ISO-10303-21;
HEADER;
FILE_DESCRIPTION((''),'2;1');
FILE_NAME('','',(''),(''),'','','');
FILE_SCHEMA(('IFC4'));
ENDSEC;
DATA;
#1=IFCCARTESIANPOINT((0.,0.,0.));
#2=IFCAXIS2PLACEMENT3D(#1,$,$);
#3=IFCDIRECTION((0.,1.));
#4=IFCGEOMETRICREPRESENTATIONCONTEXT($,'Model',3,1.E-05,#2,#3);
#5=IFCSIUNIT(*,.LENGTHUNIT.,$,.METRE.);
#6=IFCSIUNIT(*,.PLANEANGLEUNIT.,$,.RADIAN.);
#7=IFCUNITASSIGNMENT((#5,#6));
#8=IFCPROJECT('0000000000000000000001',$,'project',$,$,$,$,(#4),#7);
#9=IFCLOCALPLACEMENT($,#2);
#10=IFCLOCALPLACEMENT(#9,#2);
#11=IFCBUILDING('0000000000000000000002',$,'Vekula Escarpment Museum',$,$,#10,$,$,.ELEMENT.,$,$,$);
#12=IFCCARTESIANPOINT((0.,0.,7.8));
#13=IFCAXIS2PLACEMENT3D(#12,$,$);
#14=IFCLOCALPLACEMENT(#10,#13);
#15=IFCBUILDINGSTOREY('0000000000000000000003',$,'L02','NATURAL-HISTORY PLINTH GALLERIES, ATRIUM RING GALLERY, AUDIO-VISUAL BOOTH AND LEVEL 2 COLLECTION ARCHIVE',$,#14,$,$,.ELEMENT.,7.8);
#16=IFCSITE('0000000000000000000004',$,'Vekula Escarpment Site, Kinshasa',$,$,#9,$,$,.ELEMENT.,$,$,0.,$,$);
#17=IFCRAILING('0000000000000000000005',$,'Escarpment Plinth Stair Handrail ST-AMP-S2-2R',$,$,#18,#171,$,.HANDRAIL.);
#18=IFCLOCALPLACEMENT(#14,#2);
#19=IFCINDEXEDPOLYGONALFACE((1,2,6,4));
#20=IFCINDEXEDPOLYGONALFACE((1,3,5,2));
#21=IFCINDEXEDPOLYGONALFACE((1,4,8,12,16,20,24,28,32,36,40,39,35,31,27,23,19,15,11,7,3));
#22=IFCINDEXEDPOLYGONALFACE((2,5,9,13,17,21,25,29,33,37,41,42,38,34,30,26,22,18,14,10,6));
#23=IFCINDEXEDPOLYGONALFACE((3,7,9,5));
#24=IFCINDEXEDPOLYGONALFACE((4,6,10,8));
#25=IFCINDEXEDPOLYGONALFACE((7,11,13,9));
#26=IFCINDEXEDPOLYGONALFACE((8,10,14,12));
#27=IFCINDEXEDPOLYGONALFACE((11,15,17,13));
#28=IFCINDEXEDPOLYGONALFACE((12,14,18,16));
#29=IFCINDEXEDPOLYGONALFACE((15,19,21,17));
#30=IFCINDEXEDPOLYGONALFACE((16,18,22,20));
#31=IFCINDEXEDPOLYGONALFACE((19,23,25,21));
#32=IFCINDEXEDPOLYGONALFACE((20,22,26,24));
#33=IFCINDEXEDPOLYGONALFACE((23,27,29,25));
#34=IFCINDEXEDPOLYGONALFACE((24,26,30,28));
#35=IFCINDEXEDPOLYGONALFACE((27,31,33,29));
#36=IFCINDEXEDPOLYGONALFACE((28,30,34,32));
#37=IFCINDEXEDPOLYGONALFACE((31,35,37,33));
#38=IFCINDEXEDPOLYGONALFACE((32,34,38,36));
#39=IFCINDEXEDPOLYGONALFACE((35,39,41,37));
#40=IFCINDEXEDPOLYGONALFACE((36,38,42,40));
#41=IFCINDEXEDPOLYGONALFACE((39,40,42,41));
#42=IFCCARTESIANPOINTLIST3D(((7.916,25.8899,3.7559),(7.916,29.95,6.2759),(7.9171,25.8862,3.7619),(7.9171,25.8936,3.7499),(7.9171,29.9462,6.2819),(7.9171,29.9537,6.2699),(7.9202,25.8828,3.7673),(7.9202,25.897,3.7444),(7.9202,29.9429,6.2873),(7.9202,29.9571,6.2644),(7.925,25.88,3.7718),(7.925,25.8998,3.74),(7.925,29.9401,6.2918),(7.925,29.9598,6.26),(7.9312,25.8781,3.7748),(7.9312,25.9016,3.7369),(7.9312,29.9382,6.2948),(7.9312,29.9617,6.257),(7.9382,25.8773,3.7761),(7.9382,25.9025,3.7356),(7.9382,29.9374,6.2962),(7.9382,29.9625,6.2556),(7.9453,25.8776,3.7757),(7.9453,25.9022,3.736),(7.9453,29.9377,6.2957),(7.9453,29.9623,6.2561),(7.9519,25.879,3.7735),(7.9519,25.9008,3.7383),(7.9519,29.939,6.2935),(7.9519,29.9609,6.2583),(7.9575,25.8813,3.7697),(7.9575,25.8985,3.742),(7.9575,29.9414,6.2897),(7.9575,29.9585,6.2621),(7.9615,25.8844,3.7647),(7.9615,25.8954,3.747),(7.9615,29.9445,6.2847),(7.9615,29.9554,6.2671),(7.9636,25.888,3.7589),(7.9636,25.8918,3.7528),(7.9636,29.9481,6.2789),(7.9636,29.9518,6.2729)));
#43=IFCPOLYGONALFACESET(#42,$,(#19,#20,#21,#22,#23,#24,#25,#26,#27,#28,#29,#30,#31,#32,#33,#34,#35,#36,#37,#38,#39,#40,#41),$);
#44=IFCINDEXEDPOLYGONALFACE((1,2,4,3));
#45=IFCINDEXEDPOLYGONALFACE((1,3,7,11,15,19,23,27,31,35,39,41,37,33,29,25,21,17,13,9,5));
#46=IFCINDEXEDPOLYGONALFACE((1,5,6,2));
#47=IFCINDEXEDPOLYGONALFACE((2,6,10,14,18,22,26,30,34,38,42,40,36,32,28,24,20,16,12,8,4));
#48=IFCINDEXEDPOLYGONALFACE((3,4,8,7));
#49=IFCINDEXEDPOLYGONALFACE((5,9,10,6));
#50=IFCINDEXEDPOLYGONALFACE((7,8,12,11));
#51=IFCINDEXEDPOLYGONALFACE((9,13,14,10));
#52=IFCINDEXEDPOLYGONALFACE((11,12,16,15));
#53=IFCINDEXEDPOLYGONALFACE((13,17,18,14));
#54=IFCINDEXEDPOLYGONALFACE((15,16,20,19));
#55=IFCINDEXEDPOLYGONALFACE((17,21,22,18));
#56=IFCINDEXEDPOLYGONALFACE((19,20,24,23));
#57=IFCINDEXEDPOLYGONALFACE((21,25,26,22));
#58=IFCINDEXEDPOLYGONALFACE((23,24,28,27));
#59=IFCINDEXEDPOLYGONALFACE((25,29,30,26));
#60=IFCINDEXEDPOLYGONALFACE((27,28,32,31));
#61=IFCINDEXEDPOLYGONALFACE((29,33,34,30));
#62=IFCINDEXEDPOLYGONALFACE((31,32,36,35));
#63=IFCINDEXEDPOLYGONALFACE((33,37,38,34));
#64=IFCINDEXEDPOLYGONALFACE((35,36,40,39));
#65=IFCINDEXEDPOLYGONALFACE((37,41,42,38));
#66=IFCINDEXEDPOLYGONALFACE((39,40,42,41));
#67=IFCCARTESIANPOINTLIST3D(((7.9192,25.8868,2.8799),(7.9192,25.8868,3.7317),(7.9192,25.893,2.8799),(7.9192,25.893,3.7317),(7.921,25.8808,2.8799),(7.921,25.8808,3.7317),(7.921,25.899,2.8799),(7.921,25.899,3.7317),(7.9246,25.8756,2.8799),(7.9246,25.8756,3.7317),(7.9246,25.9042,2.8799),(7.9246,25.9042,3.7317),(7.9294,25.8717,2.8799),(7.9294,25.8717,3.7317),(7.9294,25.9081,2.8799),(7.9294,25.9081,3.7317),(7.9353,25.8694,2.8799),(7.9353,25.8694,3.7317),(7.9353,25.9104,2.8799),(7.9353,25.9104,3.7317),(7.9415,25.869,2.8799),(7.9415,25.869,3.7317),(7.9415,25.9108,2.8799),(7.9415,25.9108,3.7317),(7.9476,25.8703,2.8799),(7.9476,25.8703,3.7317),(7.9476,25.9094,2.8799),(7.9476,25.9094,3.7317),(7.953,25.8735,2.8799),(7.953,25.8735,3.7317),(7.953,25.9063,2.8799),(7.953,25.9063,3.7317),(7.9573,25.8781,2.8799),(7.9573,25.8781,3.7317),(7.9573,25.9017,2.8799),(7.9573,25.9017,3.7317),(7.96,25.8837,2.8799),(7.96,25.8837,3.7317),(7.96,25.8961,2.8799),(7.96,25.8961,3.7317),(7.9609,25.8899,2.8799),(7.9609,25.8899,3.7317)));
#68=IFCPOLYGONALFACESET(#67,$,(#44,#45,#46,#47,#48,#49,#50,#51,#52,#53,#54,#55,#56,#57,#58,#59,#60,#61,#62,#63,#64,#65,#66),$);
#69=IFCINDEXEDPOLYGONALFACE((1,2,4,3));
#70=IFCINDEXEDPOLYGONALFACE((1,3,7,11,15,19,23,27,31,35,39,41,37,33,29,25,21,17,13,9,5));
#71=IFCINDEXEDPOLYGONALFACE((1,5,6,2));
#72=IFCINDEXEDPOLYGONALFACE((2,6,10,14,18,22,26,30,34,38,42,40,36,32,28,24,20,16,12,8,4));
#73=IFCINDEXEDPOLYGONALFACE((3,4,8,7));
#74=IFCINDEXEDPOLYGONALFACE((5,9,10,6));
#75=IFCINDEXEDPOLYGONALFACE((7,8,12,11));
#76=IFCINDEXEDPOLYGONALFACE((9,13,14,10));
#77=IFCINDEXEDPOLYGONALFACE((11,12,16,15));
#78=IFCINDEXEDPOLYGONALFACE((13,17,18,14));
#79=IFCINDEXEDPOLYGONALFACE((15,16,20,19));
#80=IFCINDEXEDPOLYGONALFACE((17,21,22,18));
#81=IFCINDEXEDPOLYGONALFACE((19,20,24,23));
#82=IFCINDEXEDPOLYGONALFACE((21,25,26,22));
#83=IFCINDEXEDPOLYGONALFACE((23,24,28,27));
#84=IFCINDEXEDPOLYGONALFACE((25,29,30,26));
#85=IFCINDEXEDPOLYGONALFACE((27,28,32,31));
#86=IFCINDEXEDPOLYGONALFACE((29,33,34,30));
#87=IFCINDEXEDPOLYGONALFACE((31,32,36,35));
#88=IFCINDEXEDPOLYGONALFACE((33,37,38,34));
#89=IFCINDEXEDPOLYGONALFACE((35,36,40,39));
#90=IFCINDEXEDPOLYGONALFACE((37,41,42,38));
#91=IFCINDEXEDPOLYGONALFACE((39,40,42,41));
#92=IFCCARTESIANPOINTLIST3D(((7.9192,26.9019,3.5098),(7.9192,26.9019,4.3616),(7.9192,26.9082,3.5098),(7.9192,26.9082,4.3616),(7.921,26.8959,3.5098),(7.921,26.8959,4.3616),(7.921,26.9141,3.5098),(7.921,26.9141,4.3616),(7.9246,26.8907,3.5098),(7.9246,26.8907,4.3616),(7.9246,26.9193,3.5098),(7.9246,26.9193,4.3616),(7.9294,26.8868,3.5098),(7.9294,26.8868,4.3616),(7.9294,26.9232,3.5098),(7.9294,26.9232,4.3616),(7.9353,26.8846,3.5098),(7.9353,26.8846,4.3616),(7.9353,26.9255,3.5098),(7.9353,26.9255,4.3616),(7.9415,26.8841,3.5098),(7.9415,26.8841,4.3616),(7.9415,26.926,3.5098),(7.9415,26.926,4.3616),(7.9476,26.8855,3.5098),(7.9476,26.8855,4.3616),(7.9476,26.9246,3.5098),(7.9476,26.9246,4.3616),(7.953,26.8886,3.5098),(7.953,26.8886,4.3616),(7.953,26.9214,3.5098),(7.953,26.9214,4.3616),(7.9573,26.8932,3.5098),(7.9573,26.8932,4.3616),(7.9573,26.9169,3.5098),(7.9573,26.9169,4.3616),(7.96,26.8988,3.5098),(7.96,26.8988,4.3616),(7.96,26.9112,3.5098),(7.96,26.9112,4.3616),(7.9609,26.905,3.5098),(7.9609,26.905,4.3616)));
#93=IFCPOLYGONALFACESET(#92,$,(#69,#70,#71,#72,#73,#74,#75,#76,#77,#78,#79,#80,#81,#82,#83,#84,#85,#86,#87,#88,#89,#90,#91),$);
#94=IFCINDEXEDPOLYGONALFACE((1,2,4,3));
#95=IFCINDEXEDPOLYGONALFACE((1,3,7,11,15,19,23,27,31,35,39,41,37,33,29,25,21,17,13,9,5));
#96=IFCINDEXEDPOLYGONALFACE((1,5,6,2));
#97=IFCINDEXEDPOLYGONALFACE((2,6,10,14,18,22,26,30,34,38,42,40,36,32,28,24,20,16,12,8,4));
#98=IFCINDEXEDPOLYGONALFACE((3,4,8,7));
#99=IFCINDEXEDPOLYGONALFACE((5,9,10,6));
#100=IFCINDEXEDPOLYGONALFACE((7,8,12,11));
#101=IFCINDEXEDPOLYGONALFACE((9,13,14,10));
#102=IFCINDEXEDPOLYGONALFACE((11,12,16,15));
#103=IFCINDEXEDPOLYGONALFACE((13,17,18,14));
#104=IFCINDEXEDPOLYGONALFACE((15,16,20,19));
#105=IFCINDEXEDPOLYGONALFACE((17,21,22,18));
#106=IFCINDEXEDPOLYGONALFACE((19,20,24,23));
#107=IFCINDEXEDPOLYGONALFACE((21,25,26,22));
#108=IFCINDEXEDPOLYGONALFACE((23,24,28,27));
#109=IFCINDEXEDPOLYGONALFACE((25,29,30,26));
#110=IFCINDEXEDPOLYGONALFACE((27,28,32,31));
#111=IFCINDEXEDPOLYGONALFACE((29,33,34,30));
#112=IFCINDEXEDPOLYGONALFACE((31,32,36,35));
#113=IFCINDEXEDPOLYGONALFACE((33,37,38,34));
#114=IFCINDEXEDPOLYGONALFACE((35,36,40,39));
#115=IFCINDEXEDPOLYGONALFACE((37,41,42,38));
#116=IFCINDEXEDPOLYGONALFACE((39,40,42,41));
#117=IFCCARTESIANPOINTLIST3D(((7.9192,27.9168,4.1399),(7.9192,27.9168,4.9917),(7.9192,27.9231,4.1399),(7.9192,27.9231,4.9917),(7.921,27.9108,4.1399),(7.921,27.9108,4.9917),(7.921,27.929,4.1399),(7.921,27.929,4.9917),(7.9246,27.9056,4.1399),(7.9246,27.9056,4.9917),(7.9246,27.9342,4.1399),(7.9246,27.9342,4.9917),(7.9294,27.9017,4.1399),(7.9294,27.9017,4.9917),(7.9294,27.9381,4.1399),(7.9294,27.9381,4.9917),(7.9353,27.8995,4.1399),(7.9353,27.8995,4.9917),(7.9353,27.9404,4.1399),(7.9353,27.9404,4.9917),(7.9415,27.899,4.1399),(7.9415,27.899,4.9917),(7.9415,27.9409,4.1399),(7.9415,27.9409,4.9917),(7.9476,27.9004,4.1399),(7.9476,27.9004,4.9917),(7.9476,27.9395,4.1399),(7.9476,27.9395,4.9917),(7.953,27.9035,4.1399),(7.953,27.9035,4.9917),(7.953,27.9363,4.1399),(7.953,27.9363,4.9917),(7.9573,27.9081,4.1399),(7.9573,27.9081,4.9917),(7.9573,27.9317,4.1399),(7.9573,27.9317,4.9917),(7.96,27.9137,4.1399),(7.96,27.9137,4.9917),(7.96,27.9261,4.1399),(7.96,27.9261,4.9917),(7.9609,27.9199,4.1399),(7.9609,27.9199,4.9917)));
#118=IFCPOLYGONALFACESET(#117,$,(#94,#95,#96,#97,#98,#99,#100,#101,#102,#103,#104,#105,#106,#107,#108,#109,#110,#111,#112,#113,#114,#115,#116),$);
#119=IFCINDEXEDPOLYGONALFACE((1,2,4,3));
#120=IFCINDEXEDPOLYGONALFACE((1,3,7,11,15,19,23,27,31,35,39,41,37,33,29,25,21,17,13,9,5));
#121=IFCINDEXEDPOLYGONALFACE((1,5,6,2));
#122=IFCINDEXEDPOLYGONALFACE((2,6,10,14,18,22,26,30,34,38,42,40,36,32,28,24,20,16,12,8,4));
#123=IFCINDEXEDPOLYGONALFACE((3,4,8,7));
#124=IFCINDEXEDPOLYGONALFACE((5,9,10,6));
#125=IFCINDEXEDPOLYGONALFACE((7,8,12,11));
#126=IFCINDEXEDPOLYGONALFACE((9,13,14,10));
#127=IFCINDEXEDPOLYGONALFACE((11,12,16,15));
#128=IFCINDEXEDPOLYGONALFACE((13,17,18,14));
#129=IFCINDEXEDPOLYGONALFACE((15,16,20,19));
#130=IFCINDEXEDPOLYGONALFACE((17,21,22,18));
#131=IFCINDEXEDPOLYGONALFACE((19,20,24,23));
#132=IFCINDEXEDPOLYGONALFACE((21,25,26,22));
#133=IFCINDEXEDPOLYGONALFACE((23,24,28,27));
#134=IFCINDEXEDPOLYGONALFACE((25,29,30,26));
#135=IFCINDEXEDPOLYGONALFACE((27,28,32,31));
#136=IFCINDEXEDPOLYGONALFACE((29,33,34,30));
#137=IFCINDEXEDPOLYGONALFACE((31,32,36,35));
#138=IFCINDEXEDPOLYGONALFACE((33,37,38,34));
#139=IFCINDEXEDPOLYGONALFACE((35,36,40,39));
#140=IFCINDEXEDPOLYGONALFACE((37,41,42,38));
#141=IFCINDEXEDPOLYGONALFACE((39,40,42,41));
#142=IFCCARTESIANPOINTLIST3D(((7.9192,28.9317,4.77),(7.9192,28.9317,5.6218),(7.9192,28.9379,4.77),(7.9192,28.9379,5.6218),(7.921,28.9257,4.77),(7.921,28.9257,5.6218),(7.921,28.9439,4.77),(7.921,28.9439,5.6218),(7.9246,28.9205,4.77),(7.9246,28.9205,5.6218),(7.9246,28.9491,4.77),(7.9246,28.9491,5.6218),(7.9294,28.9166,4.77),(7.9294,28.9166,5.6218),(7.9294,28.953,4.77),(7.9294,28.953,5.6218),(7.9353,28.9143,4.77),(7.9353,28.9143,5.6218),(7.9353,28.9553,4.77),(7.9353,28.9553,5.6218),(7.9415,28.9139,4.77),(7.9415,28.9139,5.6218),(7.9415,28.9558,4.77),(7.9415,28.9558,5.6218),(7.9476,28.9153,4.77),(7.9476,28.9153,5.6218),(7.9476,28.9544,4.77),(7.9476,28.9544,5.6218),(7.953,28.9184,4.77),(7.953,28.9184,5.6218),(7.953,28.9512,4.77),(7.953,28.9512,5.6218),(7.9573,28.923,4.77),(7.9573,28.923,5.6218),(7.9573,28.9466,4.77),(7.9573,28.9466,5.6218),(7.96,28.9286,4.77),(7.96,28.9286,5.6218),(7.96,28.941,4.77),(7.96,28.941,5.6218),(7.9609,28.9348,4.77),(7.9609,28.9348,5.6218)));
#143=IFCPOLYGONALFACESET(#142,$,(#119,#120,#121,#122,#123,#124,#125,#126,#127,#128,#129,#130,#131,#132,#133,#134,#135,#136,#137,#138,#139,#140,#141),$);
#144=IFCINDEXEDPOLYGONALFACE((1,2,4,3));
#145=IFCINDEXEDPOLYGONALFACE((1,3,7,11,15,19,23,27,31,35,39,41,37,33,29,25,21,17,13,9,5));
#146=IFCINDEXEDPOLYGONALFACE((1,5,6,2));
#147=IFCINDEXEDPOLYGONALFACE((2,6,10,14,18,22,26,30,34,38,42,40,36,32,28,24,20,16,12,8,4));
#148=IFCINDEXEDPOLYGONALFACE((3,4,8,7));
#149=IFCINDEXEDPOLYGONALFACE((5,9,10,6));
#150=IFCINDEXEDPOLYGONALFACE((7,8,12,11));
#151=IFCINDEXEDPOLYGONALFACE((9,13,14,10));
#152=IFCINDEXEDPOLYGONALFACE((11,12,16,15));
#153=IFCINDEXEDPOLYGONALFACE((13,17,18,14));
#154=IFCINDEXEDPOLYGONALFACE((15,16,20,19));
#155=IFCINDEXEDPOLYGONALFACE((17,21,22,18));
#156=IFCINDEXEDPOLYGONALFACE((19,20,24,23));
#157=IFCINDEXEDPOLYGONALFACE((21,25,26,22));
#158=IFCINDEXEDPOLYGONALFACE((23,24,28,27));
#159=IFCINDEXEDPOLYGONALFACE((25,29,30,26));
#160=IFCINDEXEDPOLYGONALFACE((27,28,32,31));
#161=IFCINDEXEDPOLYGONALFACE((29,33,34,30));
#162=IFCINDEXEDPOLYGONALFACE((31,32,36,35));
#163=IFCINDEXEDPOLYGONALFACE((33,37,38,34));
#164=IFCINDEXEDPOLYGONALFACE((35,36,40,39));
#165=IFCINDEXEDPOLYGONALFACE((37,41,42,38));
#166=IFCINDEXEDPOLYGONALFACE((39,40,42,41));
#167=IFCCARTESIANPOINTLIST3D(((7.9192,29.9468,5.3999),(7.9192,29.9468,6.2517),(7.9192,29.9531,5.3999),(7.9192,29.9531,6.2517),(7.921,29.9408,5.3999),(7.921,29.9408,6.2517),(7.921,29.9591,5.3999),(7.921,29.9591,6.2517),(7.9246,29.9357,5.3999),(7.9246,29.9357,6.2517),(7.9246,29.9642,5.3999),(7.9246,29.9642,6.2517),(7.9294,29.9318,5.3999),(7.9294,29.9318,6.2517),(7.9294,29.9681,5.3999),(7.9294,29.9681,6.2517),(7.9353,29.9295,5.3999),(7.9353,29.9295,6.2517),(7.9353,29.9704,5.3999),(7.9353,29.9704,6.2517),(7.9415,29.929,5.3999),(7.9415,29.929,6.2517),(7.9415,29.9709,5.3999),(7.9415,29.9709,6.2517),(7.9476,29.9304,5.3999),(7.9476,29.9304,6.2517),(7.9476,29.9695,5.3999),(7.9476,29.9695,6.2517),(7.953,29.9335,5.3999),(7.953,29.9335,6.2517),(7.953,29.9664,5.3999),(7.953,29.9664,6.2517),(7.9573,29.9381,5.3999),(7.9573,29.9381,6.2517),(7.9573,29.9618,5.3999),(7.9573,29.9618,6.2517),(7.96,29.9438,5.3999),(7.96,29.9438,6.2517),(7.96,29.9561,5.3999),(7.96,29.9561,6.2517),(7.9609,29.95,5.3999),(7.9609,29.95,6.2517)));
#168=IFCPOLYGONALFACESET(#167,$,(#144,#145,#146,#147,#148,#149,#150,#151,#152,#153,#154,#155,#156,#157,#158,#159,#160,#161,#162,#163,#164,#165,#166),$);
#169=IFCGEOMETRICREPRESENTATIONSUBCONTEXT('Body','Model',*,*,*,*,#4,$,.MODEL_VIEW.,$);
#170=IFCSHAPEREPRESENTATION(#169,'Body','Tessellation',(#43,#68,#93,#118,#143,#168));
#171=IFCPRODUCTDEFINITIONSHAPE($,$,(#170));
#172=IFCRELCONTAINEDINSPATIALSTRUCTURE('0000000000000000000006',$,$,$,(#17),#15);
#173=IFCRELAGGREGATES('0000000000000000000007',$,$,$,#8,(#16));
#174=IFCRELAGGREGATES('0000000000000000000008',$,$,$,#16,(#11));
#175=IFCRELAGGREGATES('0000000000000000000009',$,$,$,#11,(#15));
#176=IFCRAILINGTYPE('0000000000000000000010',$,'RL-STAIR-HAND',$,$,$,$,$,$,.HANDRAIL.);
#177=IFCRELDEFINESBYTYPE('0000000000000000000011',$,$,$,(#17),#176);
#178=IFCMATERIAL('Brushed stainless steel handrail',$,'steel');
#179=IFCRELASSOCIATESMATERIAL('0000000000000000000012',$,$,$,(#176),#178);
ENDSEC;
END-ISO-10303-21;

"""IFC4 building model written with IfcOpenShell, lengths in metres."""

from ifc_helpers import new_model, si_unit, direction, frame, origin, origin_2d, place, context, subcontext, project, spatial, circle, extrude, material, type_object, element, save


model = new_model("IFC4")

# Units and contexts
model_context = context("Model", 3, precision=1e-05, world=origin(), true_north=direction((0.0, 1.0)))
body_context = subcontext(model_context, "Body", "Model", "MODEL_VIEW")
ifc_project = project(units=[si_unit("LENGTHUNIT", "METRE"), si_unit("PLANEANGLEUNIT", "RADIAN")], contexts=[model_context])

# Site, building, storey
site_placement = place(None, origin())
site = spatial("IfcSite", under=ifc_project, at=site_placement, Name="Vekula Escarpment Site, Kinshasa", CompositionType="ELEMENT", RefElevation=0.0)
building_placement = place(site_placement, origin())
building = spatial("IfcBuilding", under=site, at=building_placement, Name="Vekula Escarpment Museum", CompositionType="ELEMENT")
storey_placement = place(building_placement, frame((0.0, 0.0, 7.8)))
storey = spatial("IfcBuildingStorey", under=building, at=storey_placement, Name="L02", Description="NATURAL-HISTORY PLINTH GALLERIES, ATRIUM RING GALLERY, AUDIO-VISUAL BOOTH AND LEVEL 2 COLLECTION ARCHIVE", CompositionType="ELEMENT", Elevation=7.8)

# Railing
ifc_material_1 = material(Name="Brushed stainless steel handrail", Category="steel")
railing_type_1 = type_object("IfcRailingType", Name="RL-STAIR-HAND", PredefinedType="HANDRAIL", material=ifc_material_1)
for number, where, name in (
    (1, (7.9399, 25.8899, 2.8799), "Escarpment Plinth Stair Handrail ST-AMP-S2-2R"),
):
    element("IfcRailing", number, at=place(storey_placement, frame(where)), inside=storey, type_object=railing_type_1, Name=name, PredefinedType="HANDRAIL", context=body_context, shape_type="SweptSolid", body=[
        extrude(circle(Radius=0.0239, at=origin_2d()), frame((0.0, 0.0, 0.876), z_axis=(0.0, 0.849642, 0.52736), x_axis=(-1.0, 0.0, 0.0)), (0.0, 0.0, 1.0), 4.7786),
        extrude(circle(Radius=0.021, at=origin_2d()), origin(), (0.0, 0.0, 1.0), 0.8518),
        extrude(circle(Radius=0.021, at=origin_2d()), frame((0.0, 1.0151, 0.6299)), (0.0, 0.0, 1.0), 0.8518),
        extrude(circle(Radius=0.021, at=origin_2d()), frame((0.0, 2.03, 1.26)), (0.0, 0.0, 1.0), 0.8518),
        extrude(circle(Radius=0.021, at=origin_2d()), frame((0.0, 3.0449, 1.8901)), (0.0, 0.0, 1.0), 0.8518),
        extrude(circle(Radius=0.021, at=origin_2d()), frame((0.0, 4.0601, 2.52)), (0.0, 0.0, 1.0), 0.8518),
    ])

save(model, "model.ifc")
